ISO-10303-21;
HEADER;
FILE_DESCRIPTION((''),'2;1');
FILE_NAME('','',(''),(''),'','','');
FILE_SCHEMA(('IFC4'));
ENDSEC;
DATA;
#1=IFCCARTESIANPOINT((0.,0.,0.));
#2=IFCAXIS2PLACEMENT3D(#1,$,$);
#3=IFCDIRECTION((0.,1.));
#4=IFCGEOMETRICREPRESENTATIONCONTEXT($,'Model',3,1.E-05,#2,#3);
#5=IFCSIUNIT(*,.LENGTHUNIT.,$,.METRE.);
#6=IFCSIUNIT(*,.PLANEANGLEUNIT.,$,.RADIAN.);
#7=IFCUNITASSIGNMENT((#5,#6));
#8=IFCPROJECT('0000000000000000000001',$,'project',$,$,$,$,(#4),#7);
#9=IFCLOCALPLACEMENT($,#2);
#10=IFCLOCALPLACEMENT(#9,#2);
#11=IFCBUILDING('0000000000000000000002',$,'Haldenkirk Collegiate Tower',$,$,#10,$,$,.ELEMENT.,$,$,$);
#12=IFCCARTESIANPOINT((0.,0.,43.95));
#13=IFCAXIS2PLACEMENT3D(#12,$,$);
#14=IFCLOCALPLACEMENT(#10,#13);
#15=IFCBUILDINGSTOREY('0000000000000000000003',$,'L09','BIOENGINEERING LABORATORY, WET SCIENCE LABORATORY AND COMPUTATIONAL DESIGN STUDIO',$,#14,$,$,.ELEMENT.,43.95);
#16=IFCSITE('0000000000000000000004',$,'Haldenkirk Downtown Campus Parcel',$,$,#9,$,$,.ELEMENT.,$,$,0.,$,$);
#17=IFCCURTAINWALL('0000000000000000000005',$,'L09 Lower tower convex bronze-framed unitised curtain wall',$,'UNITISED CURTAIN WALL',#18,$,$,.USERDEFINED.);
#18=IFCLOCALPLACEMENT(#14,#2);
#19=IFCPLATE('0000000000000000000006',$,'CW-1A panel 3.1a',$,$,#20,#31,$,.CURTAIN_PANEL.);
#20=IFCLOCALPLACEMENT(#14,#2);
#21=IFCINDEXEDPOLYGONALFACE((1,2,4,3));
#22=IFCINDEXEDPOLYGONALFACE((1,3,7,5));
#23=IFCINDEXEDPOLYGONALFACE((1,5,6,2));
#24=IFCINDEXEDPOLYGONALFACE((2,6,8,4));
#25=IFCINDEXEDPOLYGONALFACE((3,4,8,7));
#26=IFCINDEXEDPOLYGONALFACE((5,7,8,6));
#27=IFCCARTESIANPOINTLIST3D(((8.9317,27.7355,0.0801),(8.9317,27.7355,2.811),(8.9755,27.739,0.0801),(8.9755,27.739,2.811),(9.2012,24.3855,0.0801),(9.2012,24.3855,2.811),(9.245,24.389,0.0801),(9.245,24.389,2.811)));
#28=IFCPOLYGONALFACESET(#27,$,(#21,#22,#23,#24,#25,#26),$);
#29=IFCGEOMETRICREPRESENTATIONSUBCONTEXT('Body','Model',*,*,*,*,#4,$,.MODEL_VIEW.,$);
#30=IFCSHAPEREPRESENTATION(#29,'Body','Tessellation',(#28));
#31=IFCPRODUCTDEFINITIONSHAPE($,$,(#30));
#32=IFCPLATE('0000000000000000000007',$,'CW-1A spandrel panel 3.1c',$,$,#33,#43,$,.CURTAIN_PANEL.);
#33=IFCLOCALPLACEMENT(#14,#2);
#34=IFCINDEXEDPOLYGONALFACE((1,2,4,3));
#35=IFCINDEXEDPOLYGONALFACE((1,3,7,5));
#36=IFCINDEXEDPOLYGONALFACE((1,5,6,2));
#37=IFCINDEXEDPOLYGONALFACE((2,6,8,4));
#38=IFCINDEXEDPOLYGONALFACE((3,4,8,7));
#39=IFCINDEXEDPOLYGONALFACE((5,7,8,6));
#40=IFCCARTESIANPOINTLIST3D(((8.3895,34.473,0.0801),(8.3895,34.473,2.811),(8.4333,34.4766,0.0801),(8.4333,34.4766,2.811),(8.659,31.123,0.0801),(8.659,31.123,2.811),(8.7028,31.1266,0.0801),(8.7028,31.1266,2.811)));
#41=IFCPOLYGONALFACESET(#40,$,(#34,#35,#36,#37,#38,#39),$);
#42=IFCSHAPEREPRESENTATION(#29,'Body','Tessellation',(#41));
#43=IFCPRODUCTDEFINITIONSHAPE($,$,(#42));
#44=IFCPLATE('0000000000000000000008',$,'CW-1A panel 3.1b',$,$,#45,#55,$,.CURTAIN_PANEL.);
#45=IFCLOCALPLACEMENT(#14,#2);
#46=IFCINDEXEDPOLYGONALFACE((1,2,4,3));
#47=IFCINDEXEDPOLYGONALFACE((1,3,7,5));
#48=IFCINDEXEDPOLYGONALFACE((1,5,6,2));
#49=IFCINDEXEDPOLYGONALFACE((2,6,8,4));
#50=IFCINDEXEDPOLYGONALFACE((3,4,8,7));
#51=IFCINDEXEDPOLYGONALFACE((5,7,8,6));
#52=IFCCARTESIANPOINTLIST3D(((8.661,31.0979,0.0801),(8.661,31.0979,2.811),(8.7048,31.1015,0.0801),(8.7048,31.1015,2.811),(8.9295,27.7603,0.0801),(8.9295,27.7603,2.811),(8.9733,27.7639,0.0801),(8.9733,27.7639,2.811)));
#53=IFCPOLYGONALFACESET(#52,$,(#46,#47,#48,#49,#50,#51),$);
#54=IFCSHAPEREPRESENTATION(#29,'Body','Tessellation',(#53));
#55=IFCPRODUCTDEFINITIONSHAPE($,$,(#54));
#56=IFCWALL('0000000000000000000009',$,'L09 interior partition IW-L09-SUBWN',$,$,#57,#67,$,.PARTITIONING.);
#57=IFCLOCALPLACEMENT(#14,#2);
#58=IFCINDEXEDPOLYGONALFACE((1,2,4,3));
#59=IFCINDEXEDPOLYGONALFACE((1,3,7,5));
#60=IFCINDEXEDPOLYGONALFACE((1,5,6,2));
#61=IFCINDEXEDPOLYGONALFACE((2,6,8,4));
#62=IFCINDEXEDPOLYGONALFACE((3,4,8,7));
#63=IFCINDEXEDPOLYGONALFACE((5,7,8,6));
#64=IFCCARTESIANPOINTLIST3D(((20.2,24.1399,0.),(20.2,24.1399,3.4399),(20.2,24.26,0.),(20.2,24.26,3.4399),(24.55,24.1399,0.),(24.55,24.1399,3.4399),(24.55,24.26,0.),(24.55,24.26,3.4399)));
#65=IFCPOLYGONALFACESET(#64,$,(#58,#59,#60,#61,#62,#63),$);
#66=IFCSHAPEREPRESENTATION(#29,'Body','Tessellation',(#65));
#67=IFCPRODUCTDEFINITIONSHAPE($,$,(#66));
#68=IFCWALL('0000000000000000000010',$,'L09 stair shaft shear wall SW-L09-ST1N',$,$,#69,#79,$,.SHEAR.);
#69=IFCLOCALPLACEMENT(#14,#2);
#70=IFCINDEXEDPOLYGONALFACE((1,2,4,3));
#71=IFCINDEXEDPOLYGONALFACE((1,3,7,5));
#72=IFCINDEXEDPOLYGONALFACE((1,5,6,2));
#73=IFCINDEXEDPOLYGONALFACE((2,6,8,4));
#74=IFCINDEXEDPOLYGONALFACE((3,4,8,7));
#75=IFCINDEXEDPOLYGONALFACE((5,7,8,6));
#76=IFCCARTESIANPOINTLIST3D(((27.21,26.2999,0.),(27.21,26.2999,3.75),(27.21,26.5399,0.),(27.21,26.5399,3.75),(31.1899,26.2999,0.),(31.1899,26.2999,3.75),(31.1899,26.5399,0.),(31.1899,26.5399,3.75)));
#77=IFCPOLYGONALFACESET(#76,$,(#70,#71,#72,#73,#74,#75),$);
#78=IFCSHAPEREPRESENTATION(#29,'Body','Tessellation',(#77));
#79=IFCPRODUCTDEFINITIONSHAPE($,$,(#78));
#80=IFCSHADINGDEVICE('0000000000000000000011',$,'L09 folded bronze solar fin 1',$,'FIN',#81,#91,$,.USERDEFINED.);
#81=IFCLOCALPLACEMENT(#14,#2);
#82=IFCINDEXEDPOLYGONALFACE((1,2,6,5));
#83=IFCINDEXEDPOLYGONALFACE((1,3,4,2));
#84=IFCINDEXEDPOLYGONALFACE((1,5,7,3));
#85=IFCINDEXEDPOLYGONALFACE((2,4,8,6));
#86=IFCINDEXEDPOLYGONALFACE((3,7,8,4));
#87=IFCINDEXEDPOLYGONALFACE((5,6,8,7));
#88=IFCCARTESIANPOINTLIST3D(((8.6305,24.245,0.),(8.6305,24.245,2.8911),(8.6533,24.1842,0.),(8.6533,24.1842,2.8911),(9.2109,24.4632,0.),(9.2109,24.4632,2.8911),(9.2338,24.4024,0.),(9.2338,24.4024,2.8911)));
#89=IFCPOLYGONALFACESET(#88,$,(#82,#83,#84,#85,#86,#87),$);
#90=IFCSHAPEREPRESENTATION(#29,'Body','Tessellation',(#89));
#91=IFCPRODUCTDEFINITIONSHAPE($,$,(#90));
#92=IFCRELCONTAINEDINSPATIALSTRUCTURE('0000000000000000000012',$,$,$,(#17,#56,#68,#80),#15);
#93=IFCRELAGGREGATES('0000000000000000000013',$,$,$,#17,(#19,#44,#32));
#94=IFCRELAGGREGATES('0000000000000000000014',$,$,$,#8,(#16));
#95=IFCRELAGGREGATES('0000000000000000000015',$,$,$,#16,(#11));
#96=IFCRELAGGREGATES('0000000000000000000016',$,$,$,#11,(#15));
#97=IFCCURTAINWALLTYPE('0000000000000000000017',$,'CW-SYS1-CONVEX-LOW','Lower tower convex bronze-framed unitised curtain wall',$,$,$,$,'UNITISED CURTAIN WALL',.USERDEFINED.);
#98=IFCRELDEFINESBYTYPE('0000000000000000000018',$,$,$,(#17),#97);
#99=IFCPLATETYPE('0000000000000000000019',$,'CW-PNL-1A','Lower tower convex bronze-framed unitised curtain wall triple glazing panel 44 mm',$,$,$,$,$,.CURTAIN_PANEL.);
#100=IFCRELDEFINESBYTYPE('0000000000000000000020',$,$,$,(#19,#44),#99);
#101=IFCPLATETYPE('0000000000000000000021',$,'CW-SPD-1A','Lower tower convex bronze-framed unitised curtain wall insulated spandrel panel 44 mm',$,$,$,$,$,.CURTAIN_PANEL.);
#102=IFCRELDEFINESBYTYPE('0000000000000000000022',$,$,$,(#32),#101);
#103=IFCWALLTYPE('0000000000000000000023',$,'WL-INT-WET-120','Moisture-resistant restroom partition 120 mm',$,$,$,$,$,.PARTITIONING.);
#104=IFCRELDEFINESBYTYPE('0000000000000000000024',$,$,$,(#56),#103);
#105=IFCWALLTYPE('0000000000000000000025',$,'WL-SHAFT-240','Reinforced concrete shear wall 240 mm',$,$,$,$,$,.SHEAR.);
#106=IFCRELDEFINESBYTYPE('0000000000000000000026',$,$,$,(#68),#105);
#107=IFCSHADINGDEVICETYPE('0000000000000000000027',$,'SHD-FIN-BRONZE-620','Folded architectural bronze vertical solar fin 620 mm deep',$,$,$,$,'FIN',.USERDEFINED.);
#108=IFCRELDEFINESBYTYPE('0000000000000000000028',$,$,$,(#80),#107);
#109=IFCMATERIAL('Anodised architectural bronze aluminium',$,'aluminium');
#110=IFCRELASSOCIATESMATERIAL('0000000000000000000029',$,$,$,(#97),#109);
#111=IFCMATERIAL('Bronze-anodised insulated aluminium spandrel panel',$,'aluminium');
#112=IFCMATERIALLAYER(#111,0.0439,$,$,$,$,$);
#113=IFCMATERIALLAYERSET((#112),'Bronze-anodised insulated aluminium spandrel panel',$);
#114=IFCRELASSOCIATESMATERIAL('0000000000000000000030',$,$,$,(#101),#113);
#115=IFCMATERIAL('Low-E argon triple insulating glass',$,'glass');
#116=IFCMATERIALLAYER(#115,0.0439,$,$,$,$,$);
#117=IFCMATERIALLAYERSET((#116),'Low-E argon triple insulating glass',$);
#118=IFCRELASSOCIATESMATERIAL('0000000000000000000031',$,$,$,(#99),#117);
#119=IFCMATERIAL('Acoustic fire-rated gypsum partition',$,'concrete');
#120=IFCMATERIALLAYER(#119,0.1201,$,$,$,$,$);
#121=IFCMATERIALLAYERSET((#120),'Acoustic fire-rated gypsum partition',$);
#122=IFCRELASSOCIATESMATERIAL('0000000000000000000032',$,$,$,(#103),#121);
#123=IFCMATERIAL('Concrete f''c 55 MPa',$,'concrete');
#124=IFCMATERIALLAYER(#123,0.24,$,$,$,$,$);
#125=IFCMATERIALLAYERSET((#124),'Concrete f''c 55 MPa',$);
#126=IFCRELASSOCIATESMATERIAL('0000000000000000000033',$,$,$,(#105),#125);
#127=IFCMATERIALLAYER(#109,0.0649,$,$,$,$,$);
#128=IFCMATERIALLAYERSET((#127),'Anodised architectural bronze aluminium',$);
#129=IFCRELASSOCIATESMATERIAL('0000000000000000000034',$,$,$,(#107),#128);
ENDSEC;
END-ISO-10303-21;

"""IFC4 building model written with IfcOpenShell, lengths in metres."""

from ifc_helpers import new_model, si_unit, direction, frame, frame_2d, origin, origin_2d, place, context, subcontext, project, spatial, rectangle, extrude, source, transform, mapped, material, layer, layer_set, type_object, element, aggregate, save


model = new_model("IFC4")

# Units and contexts
model_context = context("Model", 3, precision=1e-05, world=origin(), true_north=direction((0.0, 1.0)))
body_context = subcontext(model_context, "Body", "Model", "MODEL_VIEW")
ifc_project = project(units=[si_unit("LENGTHUNIT", "METRE"), si_unit("PLANEANGLEUNIT", "RADIAN")], contexts=[model_context])

# Site, building, storey
site_placement = place(None, origin())
site = spatial("IfcSite", under=ifc_project, at=site_placement, Name="Haldenkirk Downtown Campus Parcel", CompositionType="ELEMENT", RefElevation=0.0)
building_placement = place(site_placement, origin())
building = spatial("IfcBuilding", under=site, at=building_placement, Name="Haldenkirk Collegiate Tower", CompositionType="ELEMENT")
storey_placement = place(building_placement, frame((0.0, 0.0, 43.95)))
storey = spatial("IfcBuildingStorey", under=building, at=storey_placement, Name="L09", Description="BIOENGINEERING LABORATORY, WET SCIENCE LABORATORY AND COMPUTATIONAL DESIGN STUDIO", CompositionType="ELEMENT", Elevation=43.95)

# Curtain wall, plates
ifc_material_1 = material(Name="Anodised architectural bronze aluminium", Category="aluminium")
curtain_wall_type = type_object("IfcCurtainWallType", Name="CW-SYS1-CONVEX-LOW", Description="Lower tower convex bronze-framed unitised curtain wall", ElementType="UNITISED CURTAIN WALL", PredefinedType="USERDEFINED", material=ifc_material_1)
curtain_wall_placement = place(storey_placement, origin())
curtain_wall = element("IfcCurtainWall", 1, at=curtain_wall_placement, inside=storey, type_object=curtain_wall_type, Name="L09 Lower tower convex bronze-framed unitised curtain wall", ObjectType="UNITISED CURTAIN WALL", PredefinedType="USERDEFINED")
ifc_material_2 = material(Name="Bronze-anodised insulated aluminium spandrel panel", Category="aluminium")
ifc_layer_1 = layer(ifc_material_2, 0.0439)
ifc_layer_set_1 = layer_set([ifc_layer_1], Name="Bronze-anodised insulated aluminium spandrel panel")
plate_type_1 = type_object("IfcPlateType", Name="CW-SPD-1A", Description="Lower tower convex bronze-framed unitised curtain wall insulated spandrel panel 44 mm", PredefinedType="CURTAIN_PANEL", material=ifc_layer_set_1)
shared_shape_1 = source(origin(), body_context, "Body", "SweptSolid", [
    extrude(rectangle(XDim=3.3608, YDim=0.0439, at=origin_2d()), origin(), (0.0, 0.0, 1.0), 2.731),
])
ifc_material_3 = material(Name="Low-E argon triple insulating glass", Category="glass")
ifc_layer_2 = layer(ifc_material_3, 0.0439)
ifc_layer_set_2 = layer_set([ifc_layer_2], Name="Low-E argon triple insulating glass")
plate_type_2 = type_object("IfcPlateType", Name="CW-PNL-1A", Description="Lower tower convex bronze-framed unitised curtain wall triple glazing panel 44 mm", PredefinedType="CURTAIN_PANEL", material=ifc_layer_set_2)
plate_1_placement = place(storey_placement, frame((9.0884, 26.0623, 0.0801), z_axis=(0.0, 0.0, 1.0), x_axis=(-0.080198, 0.996779, 0.0)))
plate_1 = element("IfcPlate", 2, at=plate_1_placement, type_object=plate_type_2, Name="CW-1A panel 3.1a", PredefinedType="CURTAIN_PANEL", context=body_context, shape_type="MappedRepresentation", body=[
    mapped(shared_shape_1, transform((0.0, 0.0, 0.0), x_axis=(1.0, 0.0, 0.0), y_axis=(0.0, 1.0, 0.0), z_axis=(0.0, 0.0, 1.0), scale=1.0)),
])
plate_2_placement = place(storey_placement, frame((8.5461, 32.7998, 0.0801), z_axis=(0.0, 0.0, 1.0), x_axis=(-0.080198, 0.996779, 0.0)))
plate_2 = element("IfcPlate", 3, at=plate_2_placement, type_object=plate_type_1, Name="CW-1A spandrel panel 3.1c", PredefinedType="CURTAIN_PANEL", context=body_context, shape_type="MappedRepresentation", body=[
    mapped(shared_shape_1, transform((0.0, 0.0, 0.0), x_axis=(1.0, 0.0, 0.0), y_axis=(0.0, 1.0, 0.0), z_axis=(0.0, 0.0, 1.0), scale=1.0)),
])
shared_shape_2 = source(origin(), body_context, "Body", "SweptSolid", [
    extrude(rectangle(XDim=3.3484, YDim=0.0439, at=origin_2d()), origin(), (0.0, 0.0, 1.0), 2.731),
])
plate_3_placement = place(storey_placement, frame((8.8171, 29.4309, 0.0801), z_axis=(0.0, 0.0, 1.0), x_axis=(-0.080198, 0.996779, 0.0)))
plate_3 = element("IfcPlate", 4, at=plate_3_placement, type_object=plate_type_2, Name="CW-1A panel 3.1b", PredefinedType="CURTAIN_PANEL", context=body_context, shape_type="MappedRepresentation", body=[
    mapped(shared_shape_2, transform((0.0, 0.0, 0.0), x_axis=(1.0, 0.0, 0.0), y_axis=(0.0, 1.0, 0.0), z_axis=(0.0, 0.0, 1.0), scale=1.0)),
])
aggregate(curtain_wall, [plate_1, plate_3, plate_2])

# Shared definitions
ifc_material_4 = material(Name="Acoustic fire-rated gypsum partition", Category="concrete")

# Walls
ifc_layer_3 = layer(ifc_material_4, 0.1201)
ifc_layer_set_3 = layer_set([ifc_layer_3], Name="Acoustic fire-rated gypsum partition")
wall_type_1 = type_object("IfcWallType", Name="WL-INT-WET-120", Description="Moisture-resistant restroom partition 120 mm", PredefinedType="PARTITIONING", material=ifc_layer_set_3)
wall_1_placement = place(storey_placement, frame((20.2, 24.2, 0.0), z_axis=(0.0, 0.0, 1.0), x_axis=(1.0, 0.0, 0.0)))
element("IfcWall", 5, at=wall_1_placement, inside=storey, type_object=wall_type_1, Name="L09 interior partition IW-L09-SUBWN", PredefinedType="PARTITIONING", context=body_context, shape_type="SweptSolid", body=[
    extrude(rectangle(XDim=4.3501, YDim=0.1201, at=frame_2d((2.175, 0.0))), origin(), (0.0, 0.0, 1.0), 3.4399),
])
ifc_material_5 = material(Name="Concrete f'c 55 MPa", Category="concrete")
ifc_layer_4 = layer(ifc_material_5, 0.24)
ifc_layer_set_4 = layer_set([ifc_layer_4], Name="Concrete f'c 55 MPa")
wall_type_2 = type_object("IfcWallType", Name="WL-SHAFT-240", Description="Reinforced concrete shear wall 240 mm", PredefinedType="SHEAR", material=ifc_layer_set_4)
wall_2_placement = place(storey_placement, frame((27.21, 26.4199, 0.0), z_axis=(0.0, 0.0, 1.0), x_axis=(1.0, 0.0, 0.0)))
element("IfcWall", 6, at=wall_2_placement, inside=storey, type_object=wall_type_2, Name="L09 stair shaft shear wall SW-L09-ST1N", PredefinedType="SHEAR", context=body_context, shape_type="SweptSolid", body=[
    extrude(rectangle(XDim=3.98, YDim=0.24, at=frame_2d((1.99, 0.0))), origin(), (0.0, 0.0, 1.0), 3.75),
])

# Shading device
ifc_layer_5 = layer(ifc_material_1, 0.0649)
ifc_layer_set_5 = layer_set([ifc_layer_5], Name="Anodised architectural bronze aluminium")
shading_device_type = type_object("IfcShadingDeviceType", Name="SHD-FIN-BRONZE-620", Description="Folded architectural bronze vertical solar fin 620 mm deep", ElementType="FIN", PredefinedType="USERDEFINED", material=ifc_layer_set_5)
shared_shape_3 = source(origin(), body_context, "Body", "SweptSolid", [
    extrude(rectangle(XDim=0.6201, YDim=0.0649, at=origin_2d()), origin(), (0.0, 0.0, 1.0), 2.8911),
])
shading_device_placement = place(storey_placement, frame((8.9321, 24.3237, 0.0), z_axis=(0.0, 0.0, 1.0), x_axis=(-0.93606, -0.351842, 0.0)))
element("IfcShadingDevice", 7, at=shading_device_placement, inside=storey, type_object=shading_device_type, Name="L09 folded bronze solar fin 1", ObjectType="FIN", PredefinedType="USERDEFINED", context=body_context, shape_type="MappedRepresentation", body=[
    mapped(shared_shape_3, transform((0.0, 0.0, 0.0), x_axis=(1.0, 0.0, 0.0), y_axis=(0.0, 1.0, 0.0), z_axis=(0.0, 0.0, 1.0), scale=1.0)),
])

save(model, "model.ifc")
